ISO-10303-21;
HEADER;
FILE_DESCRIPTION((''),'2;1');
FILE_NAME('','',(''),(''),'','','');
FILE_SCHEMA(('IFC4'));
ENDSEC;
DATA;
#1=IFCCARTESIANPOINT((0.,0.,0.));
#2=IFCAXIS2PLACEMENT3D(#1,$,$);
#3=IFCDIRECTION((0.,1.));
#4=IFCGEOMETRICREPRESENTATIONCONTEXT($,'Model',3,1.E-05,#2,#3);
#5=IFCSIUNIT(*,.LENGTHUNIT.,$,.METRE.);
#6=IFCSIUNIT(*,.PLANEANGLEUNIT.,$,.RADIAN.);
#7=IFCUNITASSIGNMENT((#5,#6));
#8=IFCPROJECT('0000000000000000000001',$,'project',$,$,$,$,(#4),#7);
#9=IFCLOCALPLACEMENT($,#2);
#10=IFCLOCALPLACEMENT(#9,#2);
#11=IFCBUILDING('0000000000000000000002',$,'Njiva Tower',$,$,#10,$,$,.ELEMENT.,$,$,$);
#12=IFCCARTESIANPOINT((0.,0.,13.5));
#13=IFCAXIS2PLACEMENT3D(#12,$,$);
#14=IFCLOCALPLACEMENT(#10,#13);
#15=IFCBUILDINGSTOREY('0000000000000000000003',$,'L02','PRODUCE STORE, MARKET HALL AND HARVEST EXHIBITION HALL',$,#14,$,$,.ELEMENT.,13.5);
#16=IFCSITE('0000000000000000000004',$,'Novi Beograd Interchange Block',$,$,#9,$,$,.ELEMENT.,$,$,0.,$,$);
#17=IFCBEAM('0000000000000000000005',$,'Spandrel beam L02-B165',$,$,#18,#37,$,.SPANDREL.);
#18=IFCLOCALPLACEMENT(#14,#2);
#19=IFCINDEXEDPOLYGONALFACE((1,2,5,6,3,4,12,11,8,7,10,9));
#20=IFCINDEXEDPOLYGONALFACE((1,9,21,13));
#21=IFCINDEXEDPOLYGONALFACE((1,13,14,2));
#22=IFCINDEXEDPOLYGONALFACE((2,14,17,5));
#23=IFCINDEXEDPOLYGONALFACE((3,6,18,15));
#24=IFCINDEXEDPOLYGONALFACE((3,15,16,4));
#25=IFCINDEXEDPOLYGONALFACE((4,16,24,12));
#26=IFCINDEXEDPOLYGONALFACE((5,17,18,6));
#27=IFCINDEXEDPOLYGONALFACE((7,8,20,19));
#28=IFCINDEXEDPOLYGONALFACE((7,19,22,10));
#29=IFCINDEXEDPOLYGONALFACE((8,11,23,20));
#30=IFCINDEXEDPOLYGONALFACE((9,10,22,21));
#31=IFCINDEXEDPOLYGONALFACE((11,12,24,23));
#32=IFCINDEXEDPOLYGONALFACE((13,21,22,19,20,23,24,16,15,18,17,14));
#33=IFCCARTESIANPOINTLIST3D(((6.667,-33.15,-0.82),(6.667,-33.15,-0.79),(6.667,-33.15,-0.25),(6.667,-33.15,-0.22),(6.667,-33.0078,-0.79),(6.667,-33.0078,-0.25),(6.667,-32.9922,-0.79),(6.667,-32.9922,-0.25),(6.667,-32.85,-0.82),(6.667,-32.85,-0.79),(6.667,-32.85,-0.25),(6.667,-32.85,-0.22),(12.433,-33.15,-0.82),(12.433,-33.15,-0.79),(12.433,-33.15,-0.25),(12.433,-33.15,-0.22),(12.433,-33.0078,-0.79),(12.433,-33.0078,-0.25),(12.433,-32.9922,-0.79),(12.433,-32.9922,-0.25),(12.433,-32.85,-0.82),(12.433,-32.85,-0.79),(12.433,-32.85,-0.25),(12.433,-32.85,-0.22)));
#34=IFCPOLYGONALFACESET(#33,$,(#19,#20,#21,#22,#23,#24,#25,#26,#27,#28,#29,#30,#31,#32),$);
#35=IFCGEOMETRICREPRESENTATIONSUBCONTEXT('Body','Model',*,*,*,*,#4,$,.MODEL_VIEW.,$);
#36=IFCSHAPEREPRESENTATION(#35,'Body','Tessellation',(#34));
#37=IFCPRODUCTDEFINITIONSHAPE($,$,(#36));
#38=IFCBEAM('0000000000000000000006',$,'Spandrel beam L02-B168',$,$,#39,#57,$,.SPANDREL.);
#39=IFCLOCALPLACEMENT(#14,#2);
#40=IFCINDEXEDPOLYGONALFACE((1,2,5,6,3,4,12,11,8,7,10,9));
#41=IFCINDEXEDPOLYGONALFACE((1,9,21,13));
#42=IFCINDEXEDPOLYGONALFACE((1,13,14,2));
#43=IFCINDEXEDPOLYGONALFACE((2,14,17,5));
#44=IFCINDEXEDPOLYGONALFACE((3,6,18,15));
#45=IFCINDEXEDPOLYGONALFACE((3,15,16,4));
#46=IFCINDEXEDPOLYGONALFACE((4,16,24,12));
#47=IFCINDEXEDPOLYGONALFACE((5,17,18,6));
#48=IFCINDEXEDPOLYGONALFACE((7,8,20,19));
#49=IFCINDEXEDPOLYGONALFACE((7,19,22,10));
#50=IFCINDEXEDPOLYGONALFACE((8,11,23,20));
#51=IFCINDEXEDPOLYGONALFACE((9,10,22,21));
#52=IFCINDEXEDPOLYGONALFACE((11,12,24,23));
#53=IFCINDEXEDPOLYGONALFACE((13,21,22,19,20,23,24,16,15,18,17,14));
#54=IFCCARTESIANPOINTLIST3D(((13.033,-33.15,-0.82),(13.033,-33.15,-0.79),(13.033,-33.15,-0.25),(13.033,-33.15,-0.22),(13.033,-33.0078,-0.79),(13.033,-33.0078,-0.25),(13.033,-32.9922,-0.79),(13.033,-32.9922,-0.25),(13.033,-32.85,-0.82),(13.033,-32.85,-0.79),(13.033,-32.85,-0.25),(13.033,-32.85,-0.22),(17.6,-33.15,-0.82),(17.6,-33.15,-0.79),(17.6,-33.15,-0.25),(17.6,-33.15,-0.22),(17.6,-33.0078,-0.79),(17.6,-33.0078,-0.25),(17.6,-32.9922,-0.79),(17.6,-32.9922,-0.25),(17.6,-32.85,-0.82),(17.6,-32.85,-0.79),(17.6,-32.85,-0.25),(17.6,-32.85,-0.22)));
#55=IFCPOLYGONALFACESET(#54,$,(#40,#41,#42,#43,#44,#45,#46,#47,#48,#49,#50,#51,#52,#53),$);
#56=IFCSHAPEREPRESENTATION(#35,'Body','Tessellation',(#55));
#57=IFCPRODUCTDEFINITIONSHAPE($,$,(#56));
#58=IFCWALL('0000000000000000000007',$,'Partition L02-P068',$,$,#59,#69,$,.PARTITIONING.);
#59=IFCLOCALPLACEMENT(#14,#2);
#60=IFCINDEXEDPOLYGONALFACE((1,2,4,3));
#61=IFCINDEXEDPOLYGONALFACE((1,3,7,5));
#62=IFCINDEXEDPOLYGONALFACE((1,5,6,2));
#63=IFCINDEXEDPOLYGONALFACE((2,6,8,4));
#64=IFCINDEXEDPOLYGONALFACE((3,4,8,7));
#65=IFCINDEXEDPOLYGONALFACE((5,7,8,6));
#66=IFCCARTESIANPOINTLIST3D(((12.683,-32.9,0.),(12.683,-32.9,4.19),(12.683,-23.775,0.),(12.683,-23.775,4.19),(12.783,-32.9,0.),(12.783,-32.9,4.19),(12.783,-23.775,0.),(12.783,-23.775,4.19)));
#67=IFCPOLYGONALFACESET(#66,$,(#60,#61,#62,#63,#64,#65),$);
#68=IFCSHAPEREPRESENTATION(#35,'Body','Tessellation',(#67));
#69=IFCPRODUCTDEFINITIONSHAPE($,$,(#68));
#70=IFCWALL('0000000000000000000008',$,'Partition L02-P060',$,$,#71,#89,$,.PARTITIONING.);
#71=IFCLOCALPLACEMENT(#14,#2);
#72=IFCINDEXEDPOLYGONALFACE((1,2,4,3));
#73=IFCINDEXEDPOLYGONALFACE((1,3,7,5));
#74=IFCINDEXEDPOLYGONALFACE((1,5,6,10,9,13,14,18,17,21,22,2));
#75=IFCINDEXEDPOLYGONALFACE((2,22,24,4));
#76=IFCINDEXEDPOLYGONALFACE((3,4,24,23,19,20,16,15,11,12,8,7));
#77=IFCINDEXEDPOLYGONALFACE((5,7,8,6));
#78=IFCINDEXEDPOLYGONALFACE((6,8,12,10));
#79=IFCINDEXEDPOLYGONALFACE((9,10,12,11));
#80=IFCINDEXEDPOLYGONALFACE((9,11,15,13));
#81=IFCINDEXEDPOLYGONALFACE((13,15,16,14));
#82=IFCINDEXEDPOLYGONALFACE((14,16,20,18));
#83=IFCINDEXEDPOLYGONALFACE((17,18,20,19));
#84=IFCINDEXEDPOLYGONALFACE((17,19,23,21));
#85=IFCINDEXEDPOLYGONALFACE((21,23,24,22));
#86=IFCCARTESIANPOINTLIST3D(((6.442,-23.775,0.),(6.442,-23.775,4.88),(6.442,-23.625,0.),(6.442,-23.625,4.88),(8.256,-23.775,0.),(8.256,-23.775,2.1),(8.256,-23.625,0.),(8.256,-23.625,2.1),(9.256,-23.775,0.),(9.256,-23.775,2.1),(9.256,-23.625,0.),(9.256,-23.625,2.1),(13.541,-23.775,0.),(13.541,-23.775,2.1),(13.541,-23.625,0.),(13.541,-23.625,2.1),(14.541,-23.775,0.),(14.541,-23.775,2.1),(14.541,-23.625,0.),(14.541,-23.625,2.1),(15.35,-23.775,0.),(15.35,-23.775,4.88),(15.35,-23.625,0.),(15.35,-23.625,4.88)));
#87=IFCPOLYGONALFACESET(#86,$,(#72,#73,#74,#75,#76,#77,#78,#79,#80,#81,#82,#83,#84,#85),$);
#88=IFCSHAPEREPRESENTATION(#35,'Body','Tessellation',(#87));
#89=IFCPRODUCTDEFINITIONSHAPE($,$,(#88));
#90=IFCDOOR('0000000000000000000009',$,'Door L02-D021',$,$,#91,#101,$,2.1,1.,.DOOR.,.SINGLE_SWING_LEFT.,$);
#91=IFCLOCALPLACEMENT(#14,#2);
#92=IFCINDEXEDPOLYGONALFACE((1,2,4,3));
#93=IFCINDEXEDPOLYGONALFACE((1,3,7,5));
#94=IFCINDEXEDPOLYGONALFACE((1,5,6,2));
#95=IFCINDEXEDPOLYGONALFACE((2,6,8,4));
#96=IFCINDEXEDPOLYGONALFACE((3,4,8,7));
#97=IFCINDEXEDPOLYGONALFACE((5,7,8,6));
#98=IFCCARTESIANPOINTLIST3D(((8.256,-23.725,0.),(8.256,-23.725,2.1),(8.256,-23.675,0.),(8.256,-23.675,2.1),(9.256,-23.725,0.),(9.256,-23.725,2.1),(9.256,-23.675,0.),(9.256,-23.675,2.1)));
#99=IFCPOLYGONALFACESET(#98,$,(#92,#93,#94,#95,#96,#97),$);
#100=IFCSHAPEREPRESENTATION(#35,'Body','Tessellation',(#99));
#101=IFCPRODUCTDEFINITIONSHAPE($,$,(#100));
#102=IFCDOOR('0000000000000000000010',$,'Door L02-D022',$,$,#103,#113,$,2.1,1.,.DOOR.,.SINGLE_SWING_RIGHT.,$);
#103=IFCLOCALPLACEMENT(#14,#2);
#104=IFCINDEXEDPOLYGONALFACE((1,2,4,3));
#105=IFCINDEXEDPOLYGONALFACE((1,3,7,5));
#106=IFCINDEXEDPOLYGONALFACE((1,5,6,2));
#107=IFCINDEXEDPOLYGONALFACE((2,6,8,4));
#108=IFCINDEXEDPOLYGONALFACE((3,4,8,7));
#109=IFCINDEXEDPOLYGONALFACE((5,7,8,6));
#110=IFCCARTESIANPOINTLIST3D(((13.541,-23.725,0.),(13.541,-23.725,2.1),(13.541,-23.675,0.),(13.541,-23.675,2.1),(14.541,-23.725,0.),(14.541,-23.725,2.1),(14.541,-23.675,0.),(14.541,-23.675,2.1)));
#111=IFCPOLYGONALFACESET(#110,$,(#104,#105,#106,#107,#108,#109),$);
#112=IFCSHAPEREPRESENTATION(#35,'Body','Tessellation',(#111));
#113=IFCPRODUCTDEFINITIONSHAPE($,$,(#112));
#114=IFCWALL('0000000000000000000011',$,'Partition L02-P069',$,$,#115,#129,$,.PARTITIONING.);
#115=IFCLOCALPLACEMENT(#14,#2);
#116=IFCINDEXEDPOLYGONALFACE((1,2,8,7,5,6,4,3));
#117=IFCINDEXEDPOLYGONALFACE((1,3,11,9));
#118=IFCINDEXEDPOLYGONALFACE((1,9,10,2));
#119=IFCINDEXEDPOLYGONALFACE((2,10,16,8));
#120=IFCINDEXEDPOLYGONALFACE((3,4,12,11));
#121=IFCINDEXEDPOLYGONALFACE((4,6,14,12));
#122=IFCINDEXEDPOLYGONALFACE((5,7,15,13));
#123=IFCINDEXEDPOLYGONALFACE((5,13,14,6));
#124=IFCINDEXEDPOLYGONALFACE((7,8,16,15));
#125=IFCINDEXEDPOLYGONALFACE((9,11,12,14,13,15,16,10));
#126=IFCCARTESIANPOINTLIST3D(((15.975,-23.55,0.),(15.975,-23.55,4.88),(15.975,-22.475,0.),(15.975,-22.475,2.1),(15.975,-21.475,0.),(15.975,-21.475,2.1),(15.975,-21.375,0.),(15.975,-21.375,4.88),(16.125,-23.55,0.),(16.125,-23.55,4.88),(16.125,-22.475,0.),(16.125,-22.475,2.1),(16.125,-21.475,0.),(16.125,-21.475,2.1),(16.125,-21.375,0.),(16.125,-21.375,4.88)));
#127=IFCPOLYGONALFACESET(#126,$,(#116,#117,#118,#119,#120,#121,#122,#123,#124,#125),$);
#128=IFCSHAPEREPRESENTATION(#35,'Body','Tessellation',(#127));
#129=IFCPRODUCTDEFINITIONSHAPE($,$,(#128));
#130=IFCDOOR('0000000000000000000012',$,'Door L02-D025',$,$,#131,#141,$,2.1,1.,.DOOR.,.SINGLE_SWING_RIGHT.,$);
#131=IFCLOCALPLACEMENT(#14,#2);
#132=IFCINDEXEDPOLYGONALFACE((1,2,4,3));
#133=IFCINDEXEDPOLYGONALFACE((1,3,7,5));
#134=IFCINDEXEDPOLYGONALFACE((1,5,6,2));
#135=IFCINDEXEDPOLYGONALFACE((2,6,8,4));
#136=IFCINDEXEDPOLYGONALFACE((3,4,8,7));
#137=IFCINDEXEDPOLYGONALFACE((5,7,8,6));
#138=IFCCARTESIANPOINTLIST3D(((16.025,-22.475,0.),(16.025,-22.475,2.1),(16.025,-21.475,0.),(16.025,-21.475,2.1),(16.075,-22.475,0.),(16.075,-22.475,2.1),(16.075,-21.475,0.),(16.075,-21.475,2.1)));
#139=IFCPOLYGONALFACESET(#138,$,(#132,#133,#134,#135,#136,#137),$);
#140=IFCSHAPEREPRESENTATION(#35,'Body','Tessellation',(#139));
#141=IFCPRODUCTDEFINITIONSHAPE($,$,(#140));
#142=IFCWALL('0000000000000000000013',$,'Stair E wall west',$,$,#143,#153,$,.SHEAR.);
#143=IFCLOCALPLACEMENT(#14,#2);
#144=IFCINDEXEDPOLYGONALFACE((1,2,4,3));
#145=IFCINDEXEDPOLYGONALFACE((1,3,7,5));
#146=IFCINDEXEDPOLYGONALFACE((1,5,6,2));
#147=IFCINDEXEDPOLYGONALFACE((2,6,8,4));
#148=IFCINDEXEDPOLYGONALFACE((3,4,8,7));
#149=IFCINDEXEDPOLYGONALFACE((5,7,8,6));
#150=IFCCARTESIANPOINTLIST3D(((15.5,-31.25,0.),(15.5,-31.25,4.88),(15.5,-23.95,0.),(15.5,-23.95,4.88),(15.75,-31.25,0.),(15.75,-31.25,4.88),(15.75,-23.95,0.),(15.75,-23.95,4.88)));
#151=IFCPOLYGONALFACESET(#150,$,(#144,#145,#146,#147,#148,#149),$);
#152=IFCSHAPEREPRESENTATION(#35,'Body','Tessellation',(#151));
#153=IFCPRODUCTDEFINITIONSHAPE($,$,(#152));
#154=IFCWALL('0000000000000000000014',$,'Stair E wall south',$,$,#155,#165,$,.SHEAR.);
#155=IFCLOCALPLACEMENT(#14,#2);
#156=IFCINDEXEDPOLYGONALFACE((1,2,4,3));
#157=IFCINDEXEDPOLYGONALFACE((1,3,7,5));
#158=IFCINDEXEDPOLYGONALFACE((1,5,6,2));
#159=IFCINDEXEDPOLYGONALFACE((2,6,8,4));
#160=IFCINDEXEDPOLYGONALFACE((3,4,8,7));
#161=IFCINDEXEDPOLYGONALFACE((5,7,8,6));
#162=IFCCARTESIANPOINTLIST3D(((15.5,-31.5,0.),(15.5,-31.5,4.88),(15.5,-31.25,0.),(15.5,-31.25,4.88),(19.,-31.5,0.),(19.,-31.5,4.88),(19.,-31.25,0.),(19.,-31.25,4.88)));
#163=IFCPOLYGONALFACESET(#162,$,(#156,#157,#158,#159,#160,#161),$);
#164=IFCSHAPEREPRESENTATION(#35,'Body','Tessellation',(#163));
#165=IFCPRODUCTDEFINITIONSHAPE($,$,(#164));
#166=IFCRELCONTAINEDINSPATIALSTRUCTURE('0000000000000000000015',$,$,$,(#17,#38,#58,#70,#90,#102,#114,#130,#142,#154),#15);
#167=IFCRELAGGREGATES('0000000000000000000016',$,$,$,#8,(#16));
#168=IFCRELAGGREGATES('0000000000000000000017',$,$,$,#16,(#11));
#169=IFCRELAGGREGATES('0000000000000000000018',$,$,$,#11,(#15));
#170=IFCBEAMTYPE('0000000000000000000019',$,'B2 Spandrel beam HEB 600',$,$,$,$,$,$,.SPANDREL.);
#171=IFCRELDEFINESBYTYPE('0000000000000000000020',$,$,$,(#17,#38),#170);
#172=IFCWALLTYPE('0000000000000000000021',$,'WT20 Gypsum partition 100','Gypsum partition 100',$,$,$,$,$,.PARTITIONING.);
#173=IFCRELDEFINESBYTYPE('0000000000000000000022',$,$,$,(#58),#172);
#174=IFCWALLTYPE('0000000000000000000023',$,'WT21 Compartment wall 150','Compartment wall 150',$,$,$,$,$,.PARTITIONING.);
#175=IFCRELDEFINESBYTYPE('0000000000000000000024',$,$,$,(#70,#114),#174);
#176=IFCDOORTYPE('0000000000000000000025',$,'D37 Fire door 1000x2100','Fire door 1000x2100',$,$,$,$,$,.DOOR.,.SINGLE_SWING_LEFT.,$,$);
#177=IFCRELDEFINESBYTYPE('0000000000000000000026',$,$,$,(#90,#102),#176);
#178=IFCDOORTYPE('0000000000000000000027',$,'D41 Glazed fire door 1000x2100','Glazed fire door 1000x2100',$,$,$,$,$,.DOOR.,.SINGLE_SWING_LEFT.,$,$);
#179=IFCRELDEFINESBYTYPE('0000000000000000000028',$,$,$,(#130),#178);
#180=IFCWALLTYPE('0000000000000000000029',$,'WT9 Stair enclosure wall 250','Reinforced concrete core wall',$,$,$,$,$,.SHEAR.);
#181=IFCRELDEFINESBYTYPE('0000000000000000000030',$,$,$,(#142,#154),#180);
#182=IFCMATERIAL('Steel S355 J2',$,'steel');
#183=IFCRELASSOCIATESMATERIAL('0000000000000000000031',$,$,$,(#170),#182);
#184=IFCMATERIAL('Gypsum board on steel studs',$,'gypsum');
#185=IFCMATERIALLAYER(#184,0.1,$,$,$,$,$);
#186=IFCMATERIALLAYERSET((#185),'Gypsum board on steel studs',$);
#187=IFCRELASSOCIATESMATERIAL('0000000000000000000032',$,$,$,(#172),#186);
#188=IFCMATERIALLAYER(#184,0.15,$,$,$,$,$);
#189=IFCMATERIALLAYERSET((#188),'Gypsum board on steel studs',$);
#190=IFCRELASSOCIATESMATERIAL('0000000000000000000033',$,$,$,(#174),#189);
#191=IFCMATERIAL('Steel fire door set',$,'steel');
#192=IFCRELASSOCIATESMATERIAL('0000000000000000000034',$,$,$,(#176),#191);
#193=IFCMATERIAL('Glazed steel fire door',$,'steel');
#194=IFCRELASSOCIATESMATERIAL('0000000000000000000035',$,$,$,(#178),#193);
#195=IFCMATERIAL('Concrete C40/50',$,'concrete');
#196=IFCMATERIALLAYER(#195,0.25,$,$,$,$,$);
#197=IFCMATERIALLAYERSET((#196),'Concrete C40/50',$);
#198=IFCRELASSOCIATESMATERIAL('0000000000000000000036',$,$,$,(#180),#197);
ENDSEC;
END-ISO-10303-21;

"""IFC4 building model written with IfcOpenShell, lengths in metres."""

from ifc_helpers import new_model, si_unit, direction, frame, frame_2d, origin, origin_2d, place, context, subcontext, project, spatial, rectangle, i_section, extrude, material, layer, layer_set, material_profile, profile_set, type_object, element, fill, save


model = new_model("IFC4")

# Units and contexts
model_context = context("Model", 3, precision=1e-05, world=origin(), true_north=direction((0.0, 1.0)))
body_context = subcontext(model_context, "Body", "Model", "MODEL_VIEW")
ifc_project = project(units=[si_unit("LENGTHUNIT", "METRE"), si_unit("PLANEANGLEUNIT", "RADIAN")], contexts=[model_context])

# Site, building, storey
site_placement = place(None, origin())
site = spatial("IfcSite", under=ifc_project, at=site_placement, Name="Novi Beograd Interchange Block", CompositionType="ELEMENT", RefElevation=0.0)
building_placement = place(site_placement, origin())
building = spatial("IfcBuilding", under=site, at=building_placement, Name="Njiva Tower", CompositionType="ELEMENT")
storey_placement = place(building_placement, frame((0.0, 0.0, 13.5)))
storey = spatial("IfcBuildingStorey", under=building, at=storey_placement, Name="L02", Description="PRODUCE STORE, MARKET HALL AND HARVEST EXHIBITION HALL", CompositionType="ELEMENT", Elevation=13.5)

# Shared definitions
ifc_material_1 = material(Name="Steel S355 J2", Category="steel")

# Beams
ifc_material_profile_1 = material_profile(ifc_material_1, i_section(OverallWidth=0.3, OverallDepth=0.6, WebThickness=0.0155, FlangeThickness=0.03, at=origin_2d()), Name="HEB 600")
ifc_profile_set_1 = profile_set([ifc_material_profile_1], Name="Steel S355 J2")
beam_type_1 = type_object("IfcBeamType", Name="B2 Spandrel beam HEB 600", PredefinedType="SPANDREL", material=ifc_profile_set_1)
beam_1_placement = place(storey_placement, frame((6.667, -33.0, -0.52), z_axis=(1.0, 0.0, 0.0), x_axis=(0.0, 1.0, 0.0)))
element("IfcBeam", 1, at=beam_1_placement, inside=storey, type_object=beam_type_1, Name="Spandrel beam L02-B165", PredefinedType="SPANDREL", context=body_context, shape_type="SweptSolid", body=[
    extrude(i_section(OverallWidth=0.3, OverallDepth=0.6, WebThickness=0.0155, FlangeThickness=0.03, at=origin_2d()), origin(), (0.0, 0.0, 1.0), 5.766),
])
beam_2_placement = place(storey_placement, frame((13.033, -33.0, -0.52), z_axis=(1.0, 0.0, 0.0), x_axis=(0.0, 1.0, 0.0)))
element("IfcBeam", 2, at=beam_2_placement, inside=storey, type_object=beam_type_1, Name="Spandrel beam L02-B168", PredefinedType="SPANDREL", context=body_context, shape_type="SweptSolid", body=[
    extrude(i_section(OverallWidth=0.3, OverallDepth=0.6, WebThickness=0.0155, FlangeThickness=0.03, at=origin_2d()), origin(), (0.0, 0.0, 1.0), 4.567),
])

# Wall
ifc_material_2 = material(Name="Gypsum board on steel studs", Category="gypsum")
ifc_layer_1 = layer(ifc_material_2, 0.1)
ifc_layer_set_1 = layer_set([ifc_layer_1], Name="Gypsum board on steel studs")
wall_type_1 = type_object("IfcWallType", Name="WT20 Gypsum partition 100", Description="Gypsum partition 100", PredefinedType="PARTITIONING", material=ifc_layer_set_1)
wall_1_placement = place(storey_placement, frame((12.733, -32.9, 0.0), z_axis=(0.0, 0.0, 1.0), x_axis=(0.0, 1.0, 0.0)))
element("IfcWall", 3, at=wall_1_placement, inside=storey, type_object=wall_type_1, Name="Partition L02-P068", PredefinedType="PARTITIONING", context=body_context, shape_type="SweptSolid", body=[
    extrude(rectangle(XDim=9.125, YDim=0.1, at=frame_2d((4.5625, 0.0))), origin(), (0.0, 0.0, 1.0), 4.19),
])

# Wall, openings, doors
ifc_layer_2 = layer(ifc_material_2, 0.15)
ifc_layer_set_2 = layer_set([ifc_layer_2], Name="Gypsum board on steel studs")
wall_type_2 = type_object("IfcWallType", Name="WT21 Compartment wall 150", Description="Compartment wall 150", PredefinedType="PARTITIONING", material=ifc_layer_set_2)
wall_2_placement = place(storey_placement, frame((6.442, -23.7, 0.0), z_axis=(0.0, 0.0, 1.0), x_axis=(1.0, 0.0, 0.0)))
wall_2 = element("IfcWall", 4, at=wall_2_placement, inside=storey, type_object=wall_type_2, Name="Partition L02-P060", PredefinedType="PARTITIONING", context=body_context, shape_type="SweptSolid", body=[
    extrude(rectangle(XDim=8.908, YDim=0.15, at=frame_2d((4.454, 0.0))), origin(), (0.0, 0.0, 1.0), 4.88),
])
opening_1_placement = place(wall_2_placement, frame((1.814, 0.0, 0.0)))
opening_1 = element("IfcOpeningElement", 5, at=opening_1_placement, cuts=wall_2, PredefinedType="OPENING", context=body_context, shape_type="SweptSolid", body=[
    extrude(rectangle(XDim=1.0, YDim=2.1, at=frame_2d((0.5, 1.05))), frame((0.0, 0.085, 0.0), z_axis=(0.0, -1.0, 0.0), x_axis=(1.0, 0.0, 0.0)), (0.0, 0.0, 1.0), 0.17),
])
opening_2_placement = place(wall_2_placement, frame((7.099, 0.0, 0.0)))
opening_2 = element("IfcOpeningElement", 6, at=opening_2_placement, cuts=wall_2, PredefinedType="OPENING", context=body_context, shape_type="SweptSolid", body=[
    extrude(rectangle(XDim=1.0, YDim=2.1, at=frame_2d((0.5, 1.05))), frame((0.0, 0.085, 0.0), z_axis=(0.0, -1.0, 0.0), x_axis=(1.0, 0.0, 0.0)), (0.0, 0.0, 1.0), 0.17),
])
ifc_material_3 = material(Name="Steel fire door set", Category="steel")
door_type_1 = type_object("IfcDoorType", Name="D37 Fire door 1000x2100", Description="Fire door 1000x2100", OperationType="SINGLE_SWING_LEFT", PredefinedType="DOOR", material=ifc_material_3)
door_1_placement = place(opening_1_placement, origin())
door_1 = element("IfcDoor", 7, at=door_1_placement, inside=storey, type_object=door_type_1, Name="Door L02-D021", OperationType="SINGLE_SWING_LEFT", OverallHeight=2.1, OverallWidth=1.0, PredefinedType="DOOR", context=body_context, shape_type="SweptSolid", body=[
    extrude(rectangle(XDim=1.0, YDim=2.1, at=frame_2d((0.5, 1.05))), frame((0.0, 0.025, 0.0), z_axis=(0.0, -1.0, 0.0), x_axis=(1.0, 0.0, 0.0)), (0.0, 0.0, 1.0), 0.05),
])
fill(opening_1, door_1)
door_2_placement = place(opening_2_placement, origin())
door_2 = element("IfcDoor", 8, at=door_2_placement, inside=storey, type_object=door_type_1, Name="Door L02-D022", OperationType="SINGLE_SWING_RIGHT", OverallHeight=2.1, OverallWidth=1.0, PredefinedType="DOOR", context=body_context, shape_type="SweptSolid", body=[
    extrude(rectangle(XDim=1.0, YDim=2.1, at=frame_2d((0.5, 1.05))), frame((0.0, 0.025, 0.0), z_axis=(0.0, -1.0, 0.0), x_axis=(1.0, 0.0, 0.0)), (0.0, 0.0, 1.0), 0.05),
])
fill(opening_2, door_2)

# Wall, opening, door
wall_3_placement = place(storey_placement, frame((16.05, -23.55, 0.0), z_axis=(0.0, 0.0, 1.0), x_axis=(0.0, 1.0, 0.0)))
wall_3 = element("IfcWall", 9, at=wall_3_placement, inside=storey, type_object=wall_type_2, Name="Partition L02-P069", PredefinedType="PARTITIONING", context=body_context, shape_type="SweptSolid", body=[
    extrude(rectangle(XDim=2.175, YDim=0.15, at=frame_2d((1.0875, 0.0))), origin(), (0.0, 0.0, 1.0), 4.88),
])
opening_3_placement = place(wall_3_placement, frame((1.075, 0.0, 0.0)))
opening_3 = element("IfcOpeningElement", 10, at=opening_3_placement, cuts=wall_3, PredefinedType="OPENING", context=body_context, shape_type="SweptSolid", body=[
    extrude(rectangle(XDim=1.0, YDim=2.1, at=frame_2d((0.5, 1.05))), frame((0.0, 0.085, 0.0), z_axis=(0.0, -1.0, 0.0), x_axis=(1.0, 0.0, 0.0)), (0.0, 0.0, 1.0), 0.17),
])
ifc_material_4 = material(Name="Glazed steel fire door", Category="steel")
door_type_2 = type_object("IfcDoorType", Name="D41 Glazed fire door 1000x2100", Description="Glazed fire door 1000x2100", OperationType="SINGLE_SWING_LEFT", PredefinedType="DOOR", material=ifc_material_4)
door_3_placement = place(opening_3_placement, origin())
door_3 = element("IfcDoor", 11, at=door_3_placement, inside=storey, type_object=door_type_2, Name="Door L02-D025", OperationType="SINGLE_SWING_RIGHT", OverallHeight=2.1, OverallWidth=1.0, PredefinedType="DOOR", context=body_context, shape_type="SweptSolid", body=[
    extrude(rectangle(XDim=1.0, YDim=2.1, at=frame_2d((0.5, 1.05))), frame((0.0, 0.025, 0.0), z_axis=(0.0, -1.0, 0.0), x_axis=(1.0, 0.0, 0.0)), (0.0, 0.0, 1.0), 0.05),
])
fill(opening_3, door_3)

# Walls
ifc_material_5 = material(Name="Concrete C40/50", Category="concrete")
ifc_layer_3 = layer(ifc_material_5, 0.25)
ifc_layer_set_3 = layer_set([ifc_layer_3], Name="Concrete C40/50")
wall_type_3 = type_object("IfcWallType", Name="WT9 Stair enclosure wall 250", Description="Reinforced concrete core wall", PredefinedType="SHEAR", material=ifc_layer_set_3)
wall_4_placement = place(storey_placement, frame((15.625, -31.25, 0.0), z_axis=(0.0, 0.0, 1.0), x_axis=(0.0, 1.0, 0.0)))
element("IfcWall", 12, at=wall_4_placement, inside=storey, type_object=wall_type_3, Name="Stair E wall west", PredefinedType="SHEAR", context=body_context, shape_type="SweptSolid", body=[
    extrude(rectangle(XDim=7.3, YDim=0.25, at=frame_2d((3.65, 0.0))), origin(), (0.0, 0.0, 1.0), 4.88),
])
wall_5_placement = place(storey_placement, frame((15.5, -31.375, 0.0), z_axis=(0.0, 0.0, 1.0), x_axis=(1.0, 0.0, 0.0)))
element("IfcWall", 13, at=wall_5_placement, inside=storey, type_object=wall_type_3, Name="Stair E wall south", PredefinedType="SHEAR", context=body_context, shape_type="SweptSolid", body=[
    extrude(rectangle(XDim=3.5, YDim=0.25, at=frame_2d((1.75, 0.0))), origin(), (0.0, 0.0, 1.0), 4.88),
])

save(model, "model.ifc")
